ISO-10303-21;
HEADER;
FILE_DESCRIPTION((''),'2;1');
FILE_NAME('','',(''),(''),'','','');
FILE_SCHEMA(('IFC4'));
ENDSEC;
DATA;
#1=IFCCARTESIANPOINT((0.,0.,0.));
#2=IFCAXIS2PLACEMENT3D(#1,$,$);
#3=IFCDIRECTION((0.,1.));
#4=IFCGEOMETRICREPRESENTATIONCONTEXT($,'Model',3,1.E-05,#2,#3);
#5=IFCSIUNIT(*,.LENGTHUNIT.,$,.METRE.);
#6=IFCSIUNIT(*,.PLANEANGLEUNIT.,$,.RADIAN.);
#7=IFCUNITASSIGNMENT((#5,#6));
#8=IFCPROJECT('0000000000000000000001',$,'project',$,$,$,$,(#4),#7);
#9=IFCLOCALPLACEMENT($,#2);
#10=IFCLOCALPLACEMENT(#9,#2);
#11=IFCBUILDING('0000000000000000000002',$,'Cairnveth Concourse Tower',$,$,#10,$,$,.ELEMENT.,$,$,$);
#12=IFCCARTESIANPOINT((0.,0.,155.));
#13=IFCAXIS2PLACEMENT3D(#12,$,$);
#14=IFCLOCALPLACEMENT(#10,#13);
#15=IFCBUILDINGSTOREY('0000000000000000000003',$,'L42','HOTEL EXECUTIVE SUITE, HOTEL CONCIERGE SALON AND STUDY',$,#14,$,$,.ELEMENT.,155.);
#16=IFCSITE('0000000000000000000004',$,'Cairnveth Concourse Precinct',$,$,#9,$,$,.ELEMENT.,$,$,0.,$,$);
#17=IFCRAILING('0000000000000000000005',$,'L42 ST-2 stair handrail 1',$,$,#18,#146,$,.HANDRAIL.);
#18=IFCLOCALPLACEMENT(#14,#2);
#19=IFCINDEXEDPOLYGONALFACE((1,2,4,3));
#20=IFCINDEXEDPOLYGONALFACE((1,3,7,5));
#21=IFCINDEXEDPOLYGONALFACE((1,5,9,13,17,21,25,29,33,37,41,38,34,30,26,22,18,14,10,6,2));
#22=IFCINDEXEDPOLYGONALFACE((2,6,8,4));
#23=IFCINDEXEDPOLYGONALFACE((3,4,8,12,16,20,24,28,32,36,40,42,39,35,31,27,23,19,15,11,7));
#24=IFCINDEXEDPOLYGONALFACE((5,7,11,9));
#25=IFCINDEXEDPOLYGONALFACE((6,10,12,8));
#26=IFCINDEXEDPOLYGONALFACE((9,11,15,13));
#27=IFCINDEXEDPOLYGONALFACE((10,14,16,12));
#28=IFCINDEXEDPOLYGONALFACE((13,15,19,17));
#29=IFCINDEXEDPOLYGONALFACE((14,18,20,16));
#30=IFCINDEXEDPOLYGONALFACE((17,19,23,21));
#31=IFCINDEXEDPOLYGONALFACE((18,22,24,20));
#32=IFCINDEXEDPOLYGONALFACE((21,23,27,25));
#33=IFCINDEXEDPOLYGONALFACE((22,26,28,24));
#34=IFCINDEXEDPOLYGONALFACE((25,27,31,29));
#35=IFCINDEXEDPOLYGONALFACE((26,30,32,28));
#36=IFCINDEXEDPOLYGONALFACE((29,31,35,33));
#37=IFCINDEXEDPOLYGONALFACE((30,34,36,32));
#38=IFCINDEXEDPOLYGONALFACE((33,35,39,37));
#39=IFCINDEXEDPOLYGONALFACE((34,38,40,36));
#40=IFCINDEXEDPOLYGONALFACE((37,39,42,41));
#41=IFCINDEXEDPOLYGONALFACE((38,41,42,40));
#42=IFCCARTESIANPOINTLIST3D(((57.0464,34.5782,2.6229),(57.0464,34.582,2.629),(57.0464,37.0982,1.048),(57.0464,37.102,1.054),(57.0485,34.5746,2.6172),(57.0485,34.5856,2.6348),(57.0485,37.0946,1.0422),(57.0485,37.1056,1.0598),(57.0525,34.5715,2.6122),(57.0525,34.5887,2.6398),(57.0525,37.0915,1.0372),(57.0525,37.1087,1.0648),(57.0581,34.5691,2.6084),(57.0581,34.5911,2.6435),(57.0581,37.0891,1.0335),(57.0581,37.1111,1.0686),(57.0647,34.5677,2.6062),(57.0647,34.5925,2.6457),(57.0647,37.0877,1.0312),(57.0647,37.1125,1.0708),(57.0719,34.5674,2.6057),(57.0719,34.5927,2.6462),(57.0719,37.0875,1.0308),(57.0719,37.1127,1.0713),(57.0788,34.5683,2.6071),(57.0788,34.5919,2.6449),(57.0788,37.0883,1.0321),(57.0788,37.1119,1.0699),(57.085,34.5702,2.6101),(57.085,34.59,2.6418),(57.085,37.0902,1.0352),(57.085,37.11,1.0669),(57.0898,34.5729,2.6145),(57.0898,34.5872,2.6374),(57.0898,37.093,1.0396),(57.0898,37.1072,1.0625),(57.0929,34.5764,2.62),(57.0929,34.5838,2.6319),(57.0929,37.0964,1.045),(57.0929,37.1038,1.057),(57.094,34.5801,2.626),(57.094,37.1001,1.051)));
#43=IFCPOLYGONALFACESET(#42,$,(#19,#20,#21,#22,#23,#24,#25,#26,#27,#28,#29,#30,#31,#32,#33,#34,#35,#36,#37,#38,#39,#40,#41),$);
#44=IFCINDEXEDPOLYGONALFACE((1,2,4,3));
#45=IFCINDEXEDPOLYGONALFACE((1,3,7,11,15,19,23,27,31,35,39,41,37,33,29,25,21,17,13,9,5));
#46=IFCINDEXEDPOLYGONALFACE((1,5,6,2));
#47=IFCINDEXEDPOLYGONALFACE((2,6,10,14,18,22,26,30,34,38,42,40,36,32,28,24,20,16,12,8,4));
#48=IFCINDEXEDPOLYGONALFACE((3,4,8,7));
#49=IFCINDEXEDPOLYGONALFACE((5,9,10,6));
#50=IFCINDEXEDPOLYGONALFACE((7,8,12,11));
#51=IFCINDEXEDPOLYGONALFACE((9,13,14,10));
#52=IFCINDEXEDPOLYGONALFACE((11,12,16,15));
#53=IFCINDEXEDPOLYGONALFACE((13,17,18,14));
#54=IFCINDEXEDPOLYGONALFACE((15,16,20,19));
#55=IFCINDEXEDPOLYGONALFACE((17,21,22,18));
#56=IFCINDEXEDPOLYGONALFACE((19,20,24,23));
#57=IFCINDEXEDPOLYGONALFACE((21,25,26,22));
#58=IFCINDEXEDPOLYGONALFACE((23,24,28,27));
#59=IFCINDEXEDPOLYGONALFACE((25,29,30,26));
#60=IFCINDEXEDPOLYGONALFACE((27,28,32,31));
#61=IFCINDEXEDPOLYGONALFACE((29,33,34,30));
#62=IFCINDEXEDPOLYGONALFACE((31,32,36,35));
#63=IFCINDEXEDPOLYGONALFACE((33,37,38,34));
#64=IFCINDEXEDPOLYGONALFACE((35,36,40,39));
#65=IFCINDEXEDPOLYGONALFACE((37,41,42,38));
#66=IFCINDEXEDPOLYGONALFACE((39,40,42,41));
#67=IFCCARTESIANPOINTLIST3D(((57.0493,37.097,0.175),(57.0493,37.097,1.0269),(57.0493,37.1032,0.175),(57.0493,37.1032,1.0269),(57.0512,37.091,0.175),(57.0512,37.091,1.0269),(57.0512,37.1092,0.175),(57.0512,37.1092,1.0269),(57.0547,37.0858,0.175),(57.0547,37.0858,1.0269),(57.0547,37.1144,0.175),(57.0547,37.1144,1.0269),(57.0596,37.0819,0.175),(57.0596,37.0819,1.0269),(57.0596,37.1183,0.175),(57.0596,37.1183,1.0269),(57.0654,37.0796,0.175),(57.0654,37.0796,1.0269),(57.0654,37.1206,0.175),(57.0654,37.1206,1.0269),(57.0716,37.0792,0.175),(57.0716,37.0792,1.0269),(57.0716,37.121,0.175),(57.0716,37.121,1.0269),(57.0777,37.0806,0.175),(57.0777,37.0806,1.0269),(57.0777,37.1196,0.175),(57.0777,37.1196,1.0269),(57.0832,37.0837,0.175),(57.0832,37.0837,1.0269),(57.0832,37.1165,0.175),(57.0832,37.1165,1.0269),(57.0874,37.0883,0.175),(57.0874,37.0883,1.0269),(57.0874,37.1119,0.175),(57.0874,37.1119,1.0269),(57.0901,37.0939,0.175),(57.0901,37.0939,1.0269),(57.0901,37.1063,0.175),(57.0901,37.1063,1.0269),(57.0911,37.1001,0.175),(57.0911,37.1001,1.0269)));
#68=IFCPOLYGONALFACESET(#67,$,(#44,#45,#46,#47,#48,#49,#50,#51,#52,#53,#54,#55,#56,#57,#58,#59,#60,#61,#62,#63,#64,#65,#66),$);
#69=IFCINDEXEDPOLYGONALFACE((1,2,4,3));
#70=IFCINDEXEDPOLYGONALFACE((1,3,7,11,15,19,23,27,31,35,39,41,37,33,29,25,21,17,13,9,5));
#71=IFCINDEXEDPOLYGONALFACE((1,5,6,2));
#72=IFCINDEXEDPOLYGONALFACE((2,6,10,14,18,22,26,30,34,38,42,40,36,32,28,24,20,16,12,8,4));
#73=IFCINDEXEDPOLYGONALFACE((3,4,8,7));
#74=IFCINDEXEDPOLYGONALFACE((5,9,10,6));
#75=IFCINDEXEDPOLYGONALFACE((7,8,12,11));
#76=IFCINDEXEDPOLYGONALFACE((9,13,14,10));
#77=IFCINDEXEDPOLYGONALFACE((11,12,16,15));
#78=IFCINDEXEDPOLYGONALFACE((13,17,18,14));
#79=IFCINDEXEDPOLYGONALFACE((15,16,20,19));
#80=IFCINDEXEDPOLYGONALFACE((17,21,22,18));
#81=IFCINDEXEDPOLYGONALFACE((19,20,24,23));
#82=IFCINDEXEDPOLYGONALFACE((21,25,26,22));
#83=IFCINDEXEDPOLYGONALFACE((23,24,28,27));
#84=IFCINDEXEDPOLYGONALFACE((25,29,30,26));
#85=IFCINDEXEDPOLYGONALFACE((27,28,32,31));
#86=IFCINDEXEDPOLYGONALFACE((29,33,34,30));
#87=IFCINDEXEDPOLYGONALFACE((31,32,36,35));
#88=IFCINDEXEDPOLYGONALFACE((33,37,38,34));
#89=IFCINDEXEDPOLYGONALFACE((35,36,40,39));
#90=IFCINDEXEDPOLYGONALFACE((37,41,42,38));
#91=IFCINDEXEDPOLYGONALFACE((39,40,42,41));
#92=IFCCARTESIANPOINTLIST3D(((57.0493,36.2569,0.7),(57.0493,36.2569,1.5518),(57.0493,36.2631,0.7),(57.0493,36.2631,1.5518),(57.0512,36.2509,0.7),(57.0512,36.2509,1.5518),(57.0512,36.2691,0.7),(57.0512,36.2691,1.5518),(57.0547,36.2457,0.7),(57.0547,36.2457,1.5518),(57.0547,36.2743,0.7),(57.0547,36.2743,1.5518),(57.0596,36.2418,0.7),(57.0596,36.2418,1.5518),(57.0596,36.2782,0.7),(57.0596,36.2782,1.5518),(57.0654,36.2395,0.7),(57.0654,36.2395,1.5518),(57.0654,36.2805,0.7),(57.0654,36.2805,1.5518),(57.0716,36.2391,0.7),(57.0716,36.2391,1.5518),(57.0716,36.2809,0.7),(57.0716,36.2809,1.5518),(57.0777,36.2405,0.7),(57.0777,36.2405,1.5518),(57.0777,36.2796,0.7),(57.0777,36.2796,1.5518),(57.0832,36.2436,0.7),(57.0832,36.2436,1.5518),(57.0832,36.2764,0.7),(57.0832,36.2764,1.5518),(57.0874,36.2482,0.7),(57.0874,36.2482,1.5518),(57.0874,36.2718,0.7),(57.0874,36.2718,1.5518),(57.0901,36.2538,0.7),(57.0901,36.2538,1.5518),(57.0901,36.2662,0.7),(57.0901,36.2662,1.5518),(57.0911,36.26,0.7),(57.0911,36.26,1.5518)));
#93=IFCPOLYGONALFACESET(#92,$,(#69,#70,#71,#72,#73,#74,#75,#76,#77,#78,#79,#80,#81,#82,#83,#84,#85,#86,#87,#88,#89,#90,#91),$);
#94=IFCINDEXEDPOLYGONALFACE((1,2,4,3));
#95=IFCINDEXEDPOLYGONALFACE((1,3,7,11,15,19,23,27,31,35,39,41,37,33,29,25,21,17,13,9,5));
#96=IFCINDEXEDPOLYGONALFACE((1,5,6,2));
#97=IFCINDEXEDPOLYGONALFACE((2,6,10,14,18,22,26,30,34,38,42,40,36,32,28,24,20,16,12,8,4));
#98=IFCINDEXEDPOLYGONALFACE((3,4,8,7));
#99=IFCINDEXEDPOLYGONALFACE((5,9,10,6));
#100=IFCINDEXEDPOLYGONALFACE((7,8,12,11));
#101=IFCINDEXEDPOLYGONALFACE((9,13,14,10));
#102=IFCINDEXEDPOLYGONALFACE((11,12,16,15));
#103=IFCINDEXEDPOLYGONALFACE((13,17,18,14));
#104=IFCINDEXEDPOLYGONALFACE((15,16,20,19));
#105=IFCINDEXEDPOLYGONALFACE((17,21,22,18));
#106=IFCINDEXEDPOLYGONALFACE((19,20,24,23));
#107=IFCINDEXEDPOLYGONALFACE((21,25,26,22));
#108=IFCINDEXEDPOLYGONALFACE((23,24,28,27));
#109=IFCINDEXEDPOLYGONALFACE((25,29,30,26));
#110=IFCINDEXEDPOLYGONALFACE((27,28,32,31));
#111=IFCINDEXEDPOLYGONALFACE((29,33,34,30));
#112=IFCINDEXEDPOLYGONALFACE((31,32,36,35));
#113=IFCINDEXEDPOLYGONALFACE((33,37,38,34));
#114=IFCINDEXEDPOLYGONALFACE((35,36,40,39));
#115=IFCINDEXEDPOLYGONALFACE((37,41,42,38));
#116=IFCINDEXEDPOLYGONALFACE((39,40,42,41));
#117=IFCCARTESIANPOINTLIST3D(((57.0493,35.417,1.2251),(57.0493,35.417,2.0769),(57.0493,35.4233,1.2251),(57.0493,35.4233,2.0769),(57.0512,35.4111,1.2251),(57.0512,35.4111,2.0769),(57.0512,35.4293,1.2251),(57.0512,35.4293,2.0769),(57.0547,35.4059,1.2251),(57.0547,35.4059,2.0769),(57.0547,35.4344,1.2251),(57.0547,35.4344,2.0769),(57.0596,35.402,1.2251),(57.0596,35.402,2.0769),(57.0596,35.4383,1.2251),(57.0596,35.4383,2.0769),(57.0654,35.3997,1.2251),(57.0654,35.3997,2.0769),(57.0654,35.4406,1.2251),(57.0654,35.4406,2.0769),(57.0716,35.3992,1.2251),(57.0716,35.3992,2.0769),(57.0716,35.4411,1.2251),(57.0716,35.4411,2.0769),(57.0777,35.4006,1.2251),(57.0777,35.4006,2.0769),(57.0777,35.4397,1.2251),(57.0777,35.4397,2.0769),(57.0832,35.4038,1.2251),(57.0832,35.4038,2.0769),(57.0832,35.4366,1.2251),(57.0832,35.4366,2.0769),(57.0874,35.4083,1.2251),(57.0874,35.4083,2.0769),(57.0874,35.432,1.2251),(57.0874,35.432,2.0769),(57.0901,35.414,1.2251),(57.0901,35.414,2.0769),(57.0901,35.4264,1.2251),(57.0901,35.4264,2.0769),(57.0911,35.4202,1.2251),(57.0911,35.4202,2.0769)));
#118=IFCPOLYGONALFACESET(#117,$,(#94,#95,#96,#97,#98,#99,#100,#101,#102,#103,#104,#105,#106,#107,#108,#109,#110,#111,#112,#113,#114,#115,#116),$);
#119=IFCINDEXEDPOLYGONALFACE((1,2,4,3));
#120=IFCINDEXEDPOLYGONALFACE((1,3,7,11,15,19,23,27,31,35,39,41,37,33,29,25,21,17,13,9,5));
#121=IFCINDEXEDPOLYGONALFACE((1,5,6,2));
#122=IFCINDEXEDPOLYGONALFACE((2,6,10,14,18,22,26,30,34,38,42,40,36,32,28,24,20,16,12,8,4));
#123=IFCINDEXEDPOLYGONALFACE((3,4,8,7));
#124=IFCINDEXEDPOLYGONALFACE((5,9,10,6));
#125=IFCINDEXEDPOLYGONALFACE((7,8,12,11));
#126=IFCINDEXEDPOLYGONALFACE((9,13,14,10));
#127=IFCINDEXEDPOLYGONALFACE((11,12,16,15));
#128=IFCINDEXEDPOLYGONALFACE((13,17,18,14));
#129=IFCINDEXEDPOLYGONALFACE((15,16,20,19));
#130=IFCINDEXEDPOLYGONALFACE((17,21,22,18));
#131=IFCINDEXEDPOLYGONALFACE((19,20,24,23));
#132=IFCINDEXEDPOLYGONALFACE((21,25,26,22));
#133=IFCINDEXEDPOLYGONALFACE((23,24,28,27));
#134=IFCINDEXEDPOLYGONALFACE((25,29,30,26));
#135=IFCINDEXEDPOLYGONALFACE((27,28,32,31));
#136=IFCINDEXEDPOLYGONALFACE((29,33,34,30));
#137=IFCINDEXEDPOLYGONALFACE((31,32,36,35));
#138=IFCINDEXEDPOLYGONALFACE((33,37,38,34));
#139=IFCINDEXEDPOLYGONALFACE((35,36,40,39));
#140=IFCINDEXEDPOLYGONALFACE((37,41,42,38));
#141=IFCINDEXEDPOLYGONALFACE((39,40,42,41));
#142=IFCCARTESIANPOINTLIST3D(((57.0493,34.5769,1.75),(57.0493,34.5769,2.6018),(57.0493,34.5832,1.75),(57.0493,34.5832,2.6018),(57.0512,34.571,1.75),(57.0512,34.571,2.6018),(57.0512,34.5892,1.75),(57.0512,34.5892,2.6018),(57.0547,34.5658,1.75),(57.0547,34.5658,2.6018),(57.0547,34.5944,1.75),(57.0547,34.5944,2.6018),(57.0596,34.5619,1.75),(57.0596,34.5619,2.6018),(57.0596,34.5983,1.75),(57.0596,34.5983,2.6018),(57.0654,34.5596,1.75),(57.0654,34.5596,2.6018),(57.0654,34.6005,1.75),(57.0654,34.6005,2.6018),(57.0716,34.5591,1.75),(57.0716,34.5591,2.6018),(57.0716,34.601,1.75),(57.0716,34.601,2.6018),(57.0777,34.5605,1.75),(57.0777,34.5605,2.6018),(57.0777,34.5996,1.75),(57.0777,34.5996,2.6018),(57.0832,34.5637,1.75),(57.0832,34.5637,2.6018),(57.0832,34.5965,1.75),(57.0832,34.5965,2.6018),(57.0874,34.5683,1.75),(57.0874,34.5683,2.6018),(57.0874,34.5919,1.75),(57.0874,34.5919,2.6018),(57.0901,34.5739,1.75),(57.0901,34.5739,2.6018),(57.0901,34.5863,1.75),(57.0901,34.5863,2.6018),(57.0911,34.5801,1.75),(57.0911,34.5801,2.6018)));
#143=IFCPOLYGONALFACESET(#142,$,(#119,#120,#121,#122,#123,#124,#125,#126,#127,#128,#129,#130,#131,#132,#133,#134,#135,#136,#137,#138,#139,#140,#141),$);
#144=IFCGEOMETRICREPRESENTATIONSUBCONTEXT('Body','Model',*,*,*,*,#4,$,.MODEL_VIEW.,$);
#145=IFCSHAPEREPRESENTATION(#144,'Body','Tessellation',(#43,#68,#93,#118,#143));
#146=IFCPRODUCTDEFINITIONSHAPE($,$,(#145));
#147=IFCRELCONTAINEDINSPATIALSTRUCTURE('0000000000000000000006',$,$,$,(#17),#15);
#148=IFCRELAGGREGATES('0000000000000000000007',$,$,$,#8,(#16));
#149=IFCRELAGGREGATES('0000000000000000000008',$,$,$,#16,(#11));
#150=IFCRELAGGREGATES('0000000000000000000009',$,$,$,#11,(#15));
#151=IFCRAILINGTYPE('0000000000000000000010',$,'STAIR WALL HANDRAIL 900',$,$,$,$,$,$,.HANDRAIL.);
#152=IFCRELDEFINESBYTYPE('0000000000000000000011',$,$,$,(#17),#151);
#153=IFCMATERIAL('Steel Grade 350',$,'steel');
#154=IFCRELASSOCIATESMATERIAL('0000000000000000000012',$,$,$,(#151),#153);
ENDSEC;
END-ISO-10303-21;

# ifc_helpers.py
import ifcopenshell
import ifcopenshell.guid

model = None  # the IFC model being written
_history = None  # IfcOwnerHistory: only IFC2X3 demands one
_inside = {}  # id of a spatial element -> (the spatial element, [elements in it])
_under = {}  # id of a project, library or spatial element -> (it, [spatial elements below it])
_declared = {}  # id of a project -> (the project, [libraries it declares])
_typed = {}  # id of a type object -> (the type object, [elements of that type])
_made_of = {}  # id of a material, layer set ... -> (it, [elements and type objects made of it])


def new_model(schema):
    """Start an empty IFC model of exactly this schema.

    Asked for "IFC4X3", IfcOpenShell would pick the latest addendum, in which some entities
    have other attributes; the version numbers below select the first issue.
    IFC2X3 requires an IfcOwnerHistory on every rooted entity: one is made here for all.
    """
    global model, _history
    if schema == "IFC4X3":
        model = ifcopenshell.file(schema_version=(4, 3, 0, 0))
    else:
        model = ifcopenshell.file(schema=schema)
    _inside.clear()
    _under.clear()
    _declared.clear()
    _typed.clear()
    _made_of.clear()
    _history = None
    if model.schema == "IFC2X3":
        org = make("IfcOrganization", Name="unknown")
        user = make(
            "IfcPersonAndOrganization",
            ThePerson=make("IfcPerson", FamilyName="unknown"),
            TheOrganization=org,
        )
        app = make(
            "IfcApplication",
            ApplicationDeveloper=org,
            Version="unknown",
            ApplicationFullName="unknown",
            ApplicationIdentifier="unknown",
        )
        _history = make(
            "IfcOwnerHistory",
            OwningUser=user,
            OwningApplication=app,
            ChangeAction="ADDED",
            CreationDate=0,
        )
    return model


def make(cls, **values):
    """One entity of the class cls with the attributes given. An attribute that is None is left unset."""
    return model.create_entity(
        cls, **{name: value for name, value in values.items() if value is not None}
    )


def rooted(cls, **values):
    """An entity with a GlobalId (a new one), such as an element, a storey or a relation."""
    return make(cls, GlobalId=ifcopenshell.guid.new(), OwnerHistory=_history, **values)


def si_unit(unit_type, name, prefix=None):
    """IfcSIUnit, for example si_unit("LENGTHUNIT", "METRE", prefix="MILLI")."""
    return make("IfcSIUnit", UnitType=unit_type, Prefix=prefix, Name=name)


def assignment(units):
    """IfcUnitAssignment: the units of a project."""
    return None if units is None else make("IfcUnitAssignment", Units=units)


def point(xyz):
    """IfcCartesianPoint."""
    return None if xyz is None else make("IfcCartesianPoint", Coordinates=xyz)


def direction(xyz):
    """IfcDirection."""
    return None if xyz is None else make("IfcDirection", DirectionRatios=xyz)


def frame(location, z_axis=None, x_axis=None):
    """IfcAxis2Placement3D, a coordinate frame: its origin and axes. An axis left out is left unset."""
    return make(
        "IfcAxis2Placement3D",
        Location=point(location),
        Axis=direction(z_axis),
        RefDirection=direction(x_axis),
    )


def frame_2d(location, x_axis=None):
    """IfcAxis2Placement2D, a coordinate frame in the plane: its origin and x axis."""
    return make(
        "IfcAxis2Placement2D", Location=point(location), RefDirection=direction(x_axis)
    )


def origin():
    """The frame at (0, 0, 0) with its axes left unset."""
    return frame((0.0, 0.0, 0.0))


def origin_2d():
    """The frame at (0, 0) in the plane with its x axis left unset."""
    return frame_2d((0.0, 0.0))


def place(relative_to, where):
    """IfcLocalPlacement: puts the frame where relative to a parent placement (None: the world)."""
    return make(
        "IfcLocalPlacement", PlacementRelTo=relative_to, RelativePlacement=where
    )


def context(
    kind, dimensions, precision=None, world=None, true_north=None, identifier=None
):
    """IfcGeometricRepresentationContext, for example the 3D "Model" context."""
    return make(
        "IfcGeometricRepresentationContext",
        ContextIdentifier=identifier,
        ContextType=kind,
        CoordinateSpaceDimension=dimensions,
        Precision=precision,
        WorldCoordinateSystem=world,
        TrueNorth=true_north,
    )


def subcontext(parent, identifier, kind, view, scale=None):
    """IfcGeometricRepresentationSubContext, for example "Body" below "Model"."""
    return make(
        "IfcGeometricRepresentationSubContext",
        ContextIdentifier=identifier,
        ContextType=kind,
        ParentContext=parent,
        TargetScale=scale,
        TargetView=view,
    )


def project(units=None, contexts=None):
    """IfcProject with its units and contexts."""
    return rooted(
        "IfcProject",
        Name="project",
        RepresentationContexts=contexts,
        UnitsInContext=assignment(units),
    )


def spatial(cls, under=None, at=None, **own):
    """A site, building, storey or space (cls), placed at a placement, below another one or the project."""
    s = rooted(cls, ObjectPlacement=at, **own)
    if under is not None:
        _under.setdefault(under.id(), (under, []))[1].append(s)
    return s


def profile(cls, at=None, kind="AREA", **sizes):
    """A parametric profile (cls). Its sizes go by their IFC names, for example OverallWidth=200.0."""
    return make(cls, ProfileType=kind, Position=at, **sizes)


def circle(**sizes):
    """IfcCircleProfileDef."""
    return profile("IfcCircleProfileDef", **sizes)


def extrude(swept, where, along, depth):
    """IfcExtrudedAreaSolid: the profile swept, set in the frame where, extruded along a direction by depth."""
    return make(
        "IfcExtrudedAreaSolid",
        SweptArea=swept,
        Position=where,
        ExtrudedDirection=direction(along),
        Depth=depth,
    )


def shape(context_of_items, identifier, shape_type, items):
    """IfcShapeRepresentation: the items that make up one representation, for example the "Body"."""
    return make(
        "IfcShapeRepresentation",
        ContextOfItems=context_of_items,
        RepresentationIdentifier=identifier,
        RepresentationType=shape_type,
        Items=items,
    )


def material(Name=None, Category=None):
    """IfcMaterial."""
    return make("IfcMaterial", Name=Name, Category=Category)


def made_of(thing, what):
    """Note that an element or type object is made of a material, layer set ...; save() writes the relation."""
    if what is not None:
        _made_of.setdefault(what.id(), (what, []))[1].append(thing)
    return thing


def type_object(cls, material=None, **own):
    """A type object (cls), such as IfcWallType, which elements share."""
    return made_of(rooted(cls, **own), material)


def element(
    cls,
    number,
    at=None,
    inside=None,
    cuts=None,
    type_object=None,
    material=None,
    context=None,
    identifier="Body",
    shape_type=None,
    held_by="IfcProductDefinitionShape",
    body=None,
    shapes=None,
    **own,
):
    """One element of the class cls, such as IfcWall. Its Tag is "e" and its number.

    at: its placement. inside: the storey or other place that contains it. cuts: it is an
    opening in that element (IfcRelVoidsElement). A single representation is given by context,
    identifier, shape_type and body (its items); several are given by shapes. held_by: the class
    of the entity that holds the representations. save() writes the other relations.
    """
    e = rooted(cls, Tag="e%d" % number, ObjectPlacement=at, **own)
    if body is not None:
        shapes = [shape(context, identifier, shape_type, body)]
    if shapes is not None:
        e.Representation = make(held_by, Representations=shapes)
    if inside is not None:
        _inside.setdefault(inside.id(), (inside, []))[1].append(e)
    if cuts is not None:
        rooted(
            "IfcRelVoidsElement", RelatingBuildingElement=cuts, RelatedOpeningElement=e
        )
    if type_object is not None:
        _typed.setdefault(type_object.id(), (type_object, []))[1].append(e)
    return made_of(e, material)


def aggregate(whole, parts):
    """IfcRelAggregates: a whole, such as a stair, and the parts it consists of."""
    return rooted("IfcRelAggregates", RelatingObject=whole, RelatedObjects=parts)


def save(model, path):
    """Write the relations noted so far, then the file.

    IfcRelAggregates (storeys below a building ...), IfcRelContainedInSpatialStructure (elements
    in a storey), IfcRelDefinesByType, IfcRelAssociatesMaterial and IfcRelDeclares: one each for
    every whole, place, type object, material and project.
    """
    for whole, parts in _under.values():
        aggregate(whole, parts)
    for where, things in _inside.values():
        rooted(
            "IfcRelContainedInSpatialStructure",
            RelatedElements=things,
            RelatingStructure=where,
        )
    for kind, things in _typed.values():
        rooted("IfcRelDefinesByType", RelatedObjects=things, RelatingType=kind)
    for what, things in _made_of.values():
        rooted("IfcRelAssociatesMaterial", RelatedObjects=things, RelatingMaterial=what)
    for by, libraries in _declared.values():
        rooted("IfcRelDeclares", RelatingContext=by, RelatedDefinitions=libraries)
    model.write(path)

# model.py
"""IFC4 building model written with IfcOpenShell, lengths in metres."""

from ifc_helpers import new_model, si_unit, direction, frame, origin, origin_2d, place, context, subcontext, project, spatial, circle, extrude, material, type_object, element, save


model = new_model("IFC4")

# Units and contexts
model_context = context("Model", 3, precision=1e-05, world=origin(), true_north=direction((0.0, 1.0)))
body_context = subcontext(model_context, "Body", "Model", "MODEL_VIEW")
ifc_project = project(units=[si_unit("LENGTHUNIT", "METRE"), si_unit("PLANEANGLEUNIT", "RADIAN")], contexts=[model_context])

# Site, building, storey
site_placement = place(None, origin())
site = spatial("IfcSite", under=ifc_project, at=site_placement, Name="Cairnveth Concourse Precinct", CompositionType="ELEMENT", RefElevation=0.0)
building_placement = place(site_placement, origin())
building = spatial("IfcBuilding", under=site, at=building_placement, Name="Cairnveth Concourse Tower", CompositionType="ELEMENT")
storey_placement = place(building_placement, frame((0.0, 0.0, 155.0)))
storey = spatial("IfcBuildingStorey", under=building, at=storey_placement, Name="L42", Description="HOTEL EXECUTIVE SUITE, HOTEL CONCIERGE SALON AND STUDY", CompositionType="ELEMENT", Elevation=155.0)

# Shared definitions
ifc_material_1 = material(Name="Steel Grade 350", Category="steel")

# Railing
railing_type_1 = type_object("IfcRailingType", Name="STAIR WALL HANDRAIL 900", PredefinedType="HANDRAIL", material=ifc_material_1)
railing_1_placement = place(storey_placement, frame((57.0701, 37.1001, 0.175)))
element("IfcRailing", 1, at=railing_1_placement, inside=storey, type_object=railing_type_1, Name="L42 ST-2 stair handrail 1", PredefinedType="HANDRAIL", context=body_context, shape_type="SweptSolid", body=[
    extrude(circle(Radius=0.0239, at=origin_2d()), frame((0.0, 0.0, 0.876), z_axis=(0.0, -0.848008, 0.529984), x_axis=(1.0, 0.0, 0.0)), (0.0, 0.0, 1.0), 2.9717),
    extrude(circle(Radius=0.021, at=origin_2d()), origin(), (0.0, 0.0, 1.0), 0.8518),
    extrude(circle(Radius=0.021, at=origin_2d()), frame((0.0, -0.8401, 0.5249)), (0.0, 0.0, 1.0), 0.8518),
    extrude(circle(Radius=0.021, at=origin_2d()), frame((0.0, -1.6799, 1.05)), (0.0, 0.0, 1.0), 0.8518),
    extrude(circle(Radius=0.021, at=origin_2d()), frame((0.0, -2.52, 1.575)), (0.0, 0.0, 1.0), 0.8518),
])

save(model, "model.ifc")
